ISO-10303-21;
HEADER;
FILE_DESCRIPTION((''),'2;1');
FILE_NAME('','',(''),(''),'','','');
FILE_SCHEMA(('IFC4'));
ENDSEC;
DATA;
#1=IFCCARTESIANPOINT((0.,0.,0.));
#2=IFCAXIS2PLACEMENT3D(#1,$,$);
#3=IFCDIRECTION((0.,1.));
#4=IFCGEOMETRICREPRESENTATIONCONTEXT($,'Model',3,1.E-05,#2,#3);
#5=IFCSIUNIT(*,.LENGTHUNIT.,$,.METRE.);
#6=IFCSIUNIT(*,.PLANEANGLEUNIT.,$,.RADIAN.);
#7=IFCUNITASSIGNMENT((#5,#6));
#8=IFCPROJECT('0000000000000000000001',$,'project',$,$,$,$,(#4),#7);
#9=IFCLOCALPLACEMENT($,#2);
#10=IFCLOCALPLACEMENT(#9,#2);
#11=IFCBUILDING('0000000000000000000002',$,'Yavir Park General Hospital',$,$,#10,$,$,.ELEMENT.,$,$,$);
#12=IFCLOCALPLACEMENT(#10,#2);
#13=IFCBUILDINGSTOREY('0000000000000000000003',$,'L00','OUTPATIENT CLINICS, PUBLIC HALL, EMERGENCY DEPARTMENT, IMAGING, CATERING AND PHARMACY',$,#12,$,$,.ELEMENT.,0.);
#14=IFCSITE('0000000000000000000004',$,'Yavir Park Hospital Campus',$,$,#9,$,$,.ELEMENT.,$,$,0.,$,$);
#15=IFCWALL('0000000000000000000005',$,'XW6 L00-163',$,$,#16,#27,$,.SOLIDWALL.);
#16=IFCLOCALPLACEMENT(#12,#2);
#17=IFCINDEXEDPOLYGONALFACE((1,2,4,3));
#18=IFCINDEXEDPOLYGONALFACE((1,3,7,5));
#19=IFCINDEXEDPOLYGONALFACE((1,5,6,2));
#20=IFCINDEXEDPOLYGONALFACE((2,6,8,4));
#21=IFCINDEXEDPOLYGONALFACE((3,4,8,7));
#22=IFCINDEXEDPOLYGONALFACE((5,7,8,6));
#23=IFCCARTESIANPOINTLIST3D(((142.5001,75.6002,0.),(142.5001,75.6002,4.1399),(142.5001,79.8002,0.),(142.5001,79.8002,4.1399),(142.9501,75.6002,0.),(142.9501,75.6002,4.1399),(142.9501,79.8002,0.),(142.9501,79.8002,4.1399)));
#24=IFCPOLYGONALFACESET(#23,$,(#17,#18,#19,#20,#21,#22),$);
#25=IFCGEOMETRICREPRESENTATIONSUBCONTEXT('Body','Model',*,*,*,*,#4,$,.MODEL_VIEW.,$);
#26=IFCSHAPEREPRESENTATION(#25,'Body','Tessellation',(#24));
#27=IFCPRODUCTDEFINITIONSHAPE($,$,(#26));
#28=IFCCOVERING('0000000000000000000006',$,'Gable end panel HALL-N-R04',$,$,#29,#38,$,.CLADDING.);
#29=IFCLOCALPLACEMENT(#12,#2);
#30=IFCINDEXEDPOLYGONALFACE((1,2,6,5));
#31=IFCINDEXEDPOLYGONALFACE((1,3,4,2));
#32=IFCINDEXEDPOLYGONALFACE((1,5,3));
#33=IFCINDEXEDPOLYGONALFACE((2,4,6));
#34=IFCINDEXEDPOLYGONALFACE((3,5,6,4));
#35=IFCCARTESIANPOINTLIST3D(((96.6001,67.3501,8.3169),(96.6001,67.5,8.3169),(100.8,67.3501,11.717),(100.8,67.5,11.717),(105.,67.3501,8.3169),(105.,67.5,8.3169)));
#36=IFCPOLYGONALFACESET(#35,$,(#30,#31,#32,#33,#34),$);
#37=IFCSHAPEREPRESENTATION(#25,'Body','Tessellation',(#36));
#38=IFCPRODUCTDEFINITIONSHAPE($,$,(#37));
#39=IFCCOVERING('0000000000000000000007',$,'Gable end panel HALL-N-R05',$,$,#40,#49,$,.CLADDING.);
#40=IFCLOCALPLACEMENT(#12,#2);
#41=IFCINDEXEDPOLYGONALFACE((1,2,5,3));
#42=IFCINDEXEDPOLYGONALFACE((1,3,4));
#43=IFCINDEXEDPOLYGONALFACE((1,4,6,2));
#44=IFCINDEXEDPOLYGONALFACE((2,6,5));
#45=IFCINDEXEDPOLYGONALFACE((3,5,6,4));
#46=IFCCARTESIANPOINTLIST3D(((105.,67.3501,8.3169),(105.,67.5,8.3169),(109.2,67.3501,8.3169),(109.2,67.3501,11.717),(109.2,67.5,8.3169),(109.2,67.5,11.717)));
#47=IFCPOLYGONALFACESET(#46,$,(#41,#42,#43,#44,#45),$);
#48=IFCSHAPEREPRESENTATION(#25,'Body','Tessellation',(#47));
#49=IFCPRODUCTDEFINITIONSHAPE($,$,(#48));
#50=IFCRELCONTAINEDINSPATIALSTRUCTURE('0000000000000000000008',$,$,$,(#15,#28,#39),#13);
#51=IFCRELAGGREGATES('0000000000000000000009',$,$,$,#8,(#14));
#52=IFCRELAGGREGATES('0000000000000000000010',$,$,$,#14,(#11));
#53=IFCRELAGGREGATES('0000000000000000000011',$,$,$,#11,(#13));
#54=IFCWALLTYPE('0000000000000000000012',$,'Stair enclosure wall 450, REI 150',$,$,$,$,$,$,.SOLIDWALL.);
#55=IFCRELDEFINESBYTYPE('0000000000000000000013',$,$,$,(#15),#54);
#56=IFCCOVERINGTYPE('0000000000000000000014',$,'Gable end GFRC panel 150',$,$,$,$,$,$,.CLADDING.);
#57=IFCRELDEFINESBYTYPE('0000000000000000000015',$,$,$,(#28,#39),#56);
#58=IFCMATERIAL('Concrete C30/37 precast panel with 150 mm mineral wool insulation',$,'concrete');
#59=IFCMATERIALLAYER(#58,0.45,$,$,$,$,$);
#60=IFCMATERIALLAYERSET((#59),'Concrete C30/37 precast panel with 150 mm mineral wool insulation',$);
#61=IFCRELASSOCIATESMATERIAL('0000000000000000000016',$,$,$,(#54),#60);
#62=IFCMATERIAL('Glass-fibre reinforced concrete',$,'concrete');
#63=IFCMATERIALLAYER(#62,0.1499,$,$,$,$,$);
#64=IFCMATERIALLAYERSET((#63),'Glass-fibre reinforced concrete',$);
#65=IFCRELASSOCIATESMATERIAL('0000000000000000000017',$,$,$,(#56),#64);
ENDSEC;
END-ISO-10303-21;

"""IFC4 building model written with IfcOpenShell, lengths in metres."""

from ifc_helpers import new_model, si_unit, direction, frame, frame_2d, origin, place, context, subcontext, project, spatial, polyline, rectangle, outline, extrude, material, layer, layer_set, type_object, element, save


model = new_model("IFC4")

# Units and contexts
model_context = context("Model", 3, precision=1e-05, world=origin(), true_north=direction((0.0, 1.0)))
body_context = subcontext(model_context, "Body", "Model", "MODEL_VIEW")
ifc_project = project(units=[si_unit("LENGTHUNIT", "METRE"), si_unit("PLANEANGLEUNIT", "RADIAN")], contexts=[model_context])

# Site, building, storey
site_placement = place(None, origin())
site = spatial("IfcSite", under=ifc_project, at=site_placement, Name="Yavir Park Hospital Campus", CompositionType="ELEMENT", RefElevation=0.0)
building_placement = place(site_placement, origin())
building = spatial("IfcBuilding", under=site, at=building_placement, Name="Yavir Park General Hospital", CompositionType="ELEMENT")
storey_placement = place(building_placement, origin())
storey = spatial("IfcBuildingStorey", under=building, at=storey_placement, Name="L00", Description="OUTPATIENT CLINICS, PUBLIC HALL, EMERGENCY DEPARTMENT, IMAGING, CATERING AND PHARMACY", CompositionType="ELEMENT", Elevation=0.0)

# Wall
ifc_material_1 = material(Name="Concrete C30/37 precast panel with 150 mm mineral wool insulation", Category="concrete")
ifc_layer_1 = layer(ifc_material_1, 0.45)
ifc_layer_set_1 = layer_set([ifc_layer_1], Name="Concrete C30/37 precast panel with 150 mm mineral wool insulation")
wall_type_1 = type_object("IfcWallType", Name="Stair enclosure wall 450, REI 150", PredefinedType="SOLIDWALL", material=ifc_layer_set_1)
wall_1_placement = place(storey_placement, frame((142.7251, 75.6001, 0.0), z_axis=(0.0, 0.0, 1.0), x_axis=(0.0, 1.0, 0.0)))
element("IfcWall", 1, at=wall_1_placement, inside=storey, type_object=wall_type_1, Name="XW6 L00-163", PredefinedType="SOLIDWALL", context=body_context, shape_type="SweptSolid", body=[
    extrude(rectangle(XDim=4.2, YDim=0.45, at=frame_2d((2.1001, 0.0))), origin(), (0.0, 0.0, 1.0), 4.1399),
])

# Coverings
ifc_material_2 = material(Name="Glass-fibre reinforced concrete", Category="concrete")
ifc_layer_2 = layer(ifc_material_2, 0.1499)
ifc_layer_set_2 = layer_set([ifc_layer_2], Name="Glass-fibre reinforced concrete")
covering_type = type_object("IfcCoveringType", Name="Gable end GFRC panel 150", PredefinedType="CLADDING", material=ifc_layer_set_2)
covering_1_placement = place(storey_placement, frame((96.6001, 67.5, 8.3169), z_axis=(0.0, 1.0, 0.0), x_axis=(1.0, 0.0, 0.0)))
element("IfcCovering", 2, at=covering_1_placement, inside=storey, type_object=covering_type, Name="Gable end panel HALL-N-R04", PredefinedType="CLADDING", context=body_context, shape_type="SweptSolid", body=[
    extrude(outline(polyline([(0.0, 0.0), (8.3999, 0.0), (4.2, -3.4001), (0.0, 0.0)])), origin(), (0.0, 0.0, -1.0), 0.1499),
])
covering_2_placement = place(storey_placement, frame((105.0, 67.5, 8.3169), z_axis=(0.0, 1.0, 0.0), x_axis=(1.0, 0.0, 0.0)))
element("IfcCovering", 3, at=covering_2_placement, inside=storey, type_object=covering_type, Name="Gable end panel HALL-N-R05", PredefinedType="CLADDING", context=body_context, shape_type="SweptSolid", body=[
    extrude(outline(polyline([(0.0, 0.0), (4.2, 0.0), (4.2, -3.4001), (0.0, 0.0)])), origin(), (0.0, 0.0, -1.0), 0.1499),
])

save(model, "model.ifc")
